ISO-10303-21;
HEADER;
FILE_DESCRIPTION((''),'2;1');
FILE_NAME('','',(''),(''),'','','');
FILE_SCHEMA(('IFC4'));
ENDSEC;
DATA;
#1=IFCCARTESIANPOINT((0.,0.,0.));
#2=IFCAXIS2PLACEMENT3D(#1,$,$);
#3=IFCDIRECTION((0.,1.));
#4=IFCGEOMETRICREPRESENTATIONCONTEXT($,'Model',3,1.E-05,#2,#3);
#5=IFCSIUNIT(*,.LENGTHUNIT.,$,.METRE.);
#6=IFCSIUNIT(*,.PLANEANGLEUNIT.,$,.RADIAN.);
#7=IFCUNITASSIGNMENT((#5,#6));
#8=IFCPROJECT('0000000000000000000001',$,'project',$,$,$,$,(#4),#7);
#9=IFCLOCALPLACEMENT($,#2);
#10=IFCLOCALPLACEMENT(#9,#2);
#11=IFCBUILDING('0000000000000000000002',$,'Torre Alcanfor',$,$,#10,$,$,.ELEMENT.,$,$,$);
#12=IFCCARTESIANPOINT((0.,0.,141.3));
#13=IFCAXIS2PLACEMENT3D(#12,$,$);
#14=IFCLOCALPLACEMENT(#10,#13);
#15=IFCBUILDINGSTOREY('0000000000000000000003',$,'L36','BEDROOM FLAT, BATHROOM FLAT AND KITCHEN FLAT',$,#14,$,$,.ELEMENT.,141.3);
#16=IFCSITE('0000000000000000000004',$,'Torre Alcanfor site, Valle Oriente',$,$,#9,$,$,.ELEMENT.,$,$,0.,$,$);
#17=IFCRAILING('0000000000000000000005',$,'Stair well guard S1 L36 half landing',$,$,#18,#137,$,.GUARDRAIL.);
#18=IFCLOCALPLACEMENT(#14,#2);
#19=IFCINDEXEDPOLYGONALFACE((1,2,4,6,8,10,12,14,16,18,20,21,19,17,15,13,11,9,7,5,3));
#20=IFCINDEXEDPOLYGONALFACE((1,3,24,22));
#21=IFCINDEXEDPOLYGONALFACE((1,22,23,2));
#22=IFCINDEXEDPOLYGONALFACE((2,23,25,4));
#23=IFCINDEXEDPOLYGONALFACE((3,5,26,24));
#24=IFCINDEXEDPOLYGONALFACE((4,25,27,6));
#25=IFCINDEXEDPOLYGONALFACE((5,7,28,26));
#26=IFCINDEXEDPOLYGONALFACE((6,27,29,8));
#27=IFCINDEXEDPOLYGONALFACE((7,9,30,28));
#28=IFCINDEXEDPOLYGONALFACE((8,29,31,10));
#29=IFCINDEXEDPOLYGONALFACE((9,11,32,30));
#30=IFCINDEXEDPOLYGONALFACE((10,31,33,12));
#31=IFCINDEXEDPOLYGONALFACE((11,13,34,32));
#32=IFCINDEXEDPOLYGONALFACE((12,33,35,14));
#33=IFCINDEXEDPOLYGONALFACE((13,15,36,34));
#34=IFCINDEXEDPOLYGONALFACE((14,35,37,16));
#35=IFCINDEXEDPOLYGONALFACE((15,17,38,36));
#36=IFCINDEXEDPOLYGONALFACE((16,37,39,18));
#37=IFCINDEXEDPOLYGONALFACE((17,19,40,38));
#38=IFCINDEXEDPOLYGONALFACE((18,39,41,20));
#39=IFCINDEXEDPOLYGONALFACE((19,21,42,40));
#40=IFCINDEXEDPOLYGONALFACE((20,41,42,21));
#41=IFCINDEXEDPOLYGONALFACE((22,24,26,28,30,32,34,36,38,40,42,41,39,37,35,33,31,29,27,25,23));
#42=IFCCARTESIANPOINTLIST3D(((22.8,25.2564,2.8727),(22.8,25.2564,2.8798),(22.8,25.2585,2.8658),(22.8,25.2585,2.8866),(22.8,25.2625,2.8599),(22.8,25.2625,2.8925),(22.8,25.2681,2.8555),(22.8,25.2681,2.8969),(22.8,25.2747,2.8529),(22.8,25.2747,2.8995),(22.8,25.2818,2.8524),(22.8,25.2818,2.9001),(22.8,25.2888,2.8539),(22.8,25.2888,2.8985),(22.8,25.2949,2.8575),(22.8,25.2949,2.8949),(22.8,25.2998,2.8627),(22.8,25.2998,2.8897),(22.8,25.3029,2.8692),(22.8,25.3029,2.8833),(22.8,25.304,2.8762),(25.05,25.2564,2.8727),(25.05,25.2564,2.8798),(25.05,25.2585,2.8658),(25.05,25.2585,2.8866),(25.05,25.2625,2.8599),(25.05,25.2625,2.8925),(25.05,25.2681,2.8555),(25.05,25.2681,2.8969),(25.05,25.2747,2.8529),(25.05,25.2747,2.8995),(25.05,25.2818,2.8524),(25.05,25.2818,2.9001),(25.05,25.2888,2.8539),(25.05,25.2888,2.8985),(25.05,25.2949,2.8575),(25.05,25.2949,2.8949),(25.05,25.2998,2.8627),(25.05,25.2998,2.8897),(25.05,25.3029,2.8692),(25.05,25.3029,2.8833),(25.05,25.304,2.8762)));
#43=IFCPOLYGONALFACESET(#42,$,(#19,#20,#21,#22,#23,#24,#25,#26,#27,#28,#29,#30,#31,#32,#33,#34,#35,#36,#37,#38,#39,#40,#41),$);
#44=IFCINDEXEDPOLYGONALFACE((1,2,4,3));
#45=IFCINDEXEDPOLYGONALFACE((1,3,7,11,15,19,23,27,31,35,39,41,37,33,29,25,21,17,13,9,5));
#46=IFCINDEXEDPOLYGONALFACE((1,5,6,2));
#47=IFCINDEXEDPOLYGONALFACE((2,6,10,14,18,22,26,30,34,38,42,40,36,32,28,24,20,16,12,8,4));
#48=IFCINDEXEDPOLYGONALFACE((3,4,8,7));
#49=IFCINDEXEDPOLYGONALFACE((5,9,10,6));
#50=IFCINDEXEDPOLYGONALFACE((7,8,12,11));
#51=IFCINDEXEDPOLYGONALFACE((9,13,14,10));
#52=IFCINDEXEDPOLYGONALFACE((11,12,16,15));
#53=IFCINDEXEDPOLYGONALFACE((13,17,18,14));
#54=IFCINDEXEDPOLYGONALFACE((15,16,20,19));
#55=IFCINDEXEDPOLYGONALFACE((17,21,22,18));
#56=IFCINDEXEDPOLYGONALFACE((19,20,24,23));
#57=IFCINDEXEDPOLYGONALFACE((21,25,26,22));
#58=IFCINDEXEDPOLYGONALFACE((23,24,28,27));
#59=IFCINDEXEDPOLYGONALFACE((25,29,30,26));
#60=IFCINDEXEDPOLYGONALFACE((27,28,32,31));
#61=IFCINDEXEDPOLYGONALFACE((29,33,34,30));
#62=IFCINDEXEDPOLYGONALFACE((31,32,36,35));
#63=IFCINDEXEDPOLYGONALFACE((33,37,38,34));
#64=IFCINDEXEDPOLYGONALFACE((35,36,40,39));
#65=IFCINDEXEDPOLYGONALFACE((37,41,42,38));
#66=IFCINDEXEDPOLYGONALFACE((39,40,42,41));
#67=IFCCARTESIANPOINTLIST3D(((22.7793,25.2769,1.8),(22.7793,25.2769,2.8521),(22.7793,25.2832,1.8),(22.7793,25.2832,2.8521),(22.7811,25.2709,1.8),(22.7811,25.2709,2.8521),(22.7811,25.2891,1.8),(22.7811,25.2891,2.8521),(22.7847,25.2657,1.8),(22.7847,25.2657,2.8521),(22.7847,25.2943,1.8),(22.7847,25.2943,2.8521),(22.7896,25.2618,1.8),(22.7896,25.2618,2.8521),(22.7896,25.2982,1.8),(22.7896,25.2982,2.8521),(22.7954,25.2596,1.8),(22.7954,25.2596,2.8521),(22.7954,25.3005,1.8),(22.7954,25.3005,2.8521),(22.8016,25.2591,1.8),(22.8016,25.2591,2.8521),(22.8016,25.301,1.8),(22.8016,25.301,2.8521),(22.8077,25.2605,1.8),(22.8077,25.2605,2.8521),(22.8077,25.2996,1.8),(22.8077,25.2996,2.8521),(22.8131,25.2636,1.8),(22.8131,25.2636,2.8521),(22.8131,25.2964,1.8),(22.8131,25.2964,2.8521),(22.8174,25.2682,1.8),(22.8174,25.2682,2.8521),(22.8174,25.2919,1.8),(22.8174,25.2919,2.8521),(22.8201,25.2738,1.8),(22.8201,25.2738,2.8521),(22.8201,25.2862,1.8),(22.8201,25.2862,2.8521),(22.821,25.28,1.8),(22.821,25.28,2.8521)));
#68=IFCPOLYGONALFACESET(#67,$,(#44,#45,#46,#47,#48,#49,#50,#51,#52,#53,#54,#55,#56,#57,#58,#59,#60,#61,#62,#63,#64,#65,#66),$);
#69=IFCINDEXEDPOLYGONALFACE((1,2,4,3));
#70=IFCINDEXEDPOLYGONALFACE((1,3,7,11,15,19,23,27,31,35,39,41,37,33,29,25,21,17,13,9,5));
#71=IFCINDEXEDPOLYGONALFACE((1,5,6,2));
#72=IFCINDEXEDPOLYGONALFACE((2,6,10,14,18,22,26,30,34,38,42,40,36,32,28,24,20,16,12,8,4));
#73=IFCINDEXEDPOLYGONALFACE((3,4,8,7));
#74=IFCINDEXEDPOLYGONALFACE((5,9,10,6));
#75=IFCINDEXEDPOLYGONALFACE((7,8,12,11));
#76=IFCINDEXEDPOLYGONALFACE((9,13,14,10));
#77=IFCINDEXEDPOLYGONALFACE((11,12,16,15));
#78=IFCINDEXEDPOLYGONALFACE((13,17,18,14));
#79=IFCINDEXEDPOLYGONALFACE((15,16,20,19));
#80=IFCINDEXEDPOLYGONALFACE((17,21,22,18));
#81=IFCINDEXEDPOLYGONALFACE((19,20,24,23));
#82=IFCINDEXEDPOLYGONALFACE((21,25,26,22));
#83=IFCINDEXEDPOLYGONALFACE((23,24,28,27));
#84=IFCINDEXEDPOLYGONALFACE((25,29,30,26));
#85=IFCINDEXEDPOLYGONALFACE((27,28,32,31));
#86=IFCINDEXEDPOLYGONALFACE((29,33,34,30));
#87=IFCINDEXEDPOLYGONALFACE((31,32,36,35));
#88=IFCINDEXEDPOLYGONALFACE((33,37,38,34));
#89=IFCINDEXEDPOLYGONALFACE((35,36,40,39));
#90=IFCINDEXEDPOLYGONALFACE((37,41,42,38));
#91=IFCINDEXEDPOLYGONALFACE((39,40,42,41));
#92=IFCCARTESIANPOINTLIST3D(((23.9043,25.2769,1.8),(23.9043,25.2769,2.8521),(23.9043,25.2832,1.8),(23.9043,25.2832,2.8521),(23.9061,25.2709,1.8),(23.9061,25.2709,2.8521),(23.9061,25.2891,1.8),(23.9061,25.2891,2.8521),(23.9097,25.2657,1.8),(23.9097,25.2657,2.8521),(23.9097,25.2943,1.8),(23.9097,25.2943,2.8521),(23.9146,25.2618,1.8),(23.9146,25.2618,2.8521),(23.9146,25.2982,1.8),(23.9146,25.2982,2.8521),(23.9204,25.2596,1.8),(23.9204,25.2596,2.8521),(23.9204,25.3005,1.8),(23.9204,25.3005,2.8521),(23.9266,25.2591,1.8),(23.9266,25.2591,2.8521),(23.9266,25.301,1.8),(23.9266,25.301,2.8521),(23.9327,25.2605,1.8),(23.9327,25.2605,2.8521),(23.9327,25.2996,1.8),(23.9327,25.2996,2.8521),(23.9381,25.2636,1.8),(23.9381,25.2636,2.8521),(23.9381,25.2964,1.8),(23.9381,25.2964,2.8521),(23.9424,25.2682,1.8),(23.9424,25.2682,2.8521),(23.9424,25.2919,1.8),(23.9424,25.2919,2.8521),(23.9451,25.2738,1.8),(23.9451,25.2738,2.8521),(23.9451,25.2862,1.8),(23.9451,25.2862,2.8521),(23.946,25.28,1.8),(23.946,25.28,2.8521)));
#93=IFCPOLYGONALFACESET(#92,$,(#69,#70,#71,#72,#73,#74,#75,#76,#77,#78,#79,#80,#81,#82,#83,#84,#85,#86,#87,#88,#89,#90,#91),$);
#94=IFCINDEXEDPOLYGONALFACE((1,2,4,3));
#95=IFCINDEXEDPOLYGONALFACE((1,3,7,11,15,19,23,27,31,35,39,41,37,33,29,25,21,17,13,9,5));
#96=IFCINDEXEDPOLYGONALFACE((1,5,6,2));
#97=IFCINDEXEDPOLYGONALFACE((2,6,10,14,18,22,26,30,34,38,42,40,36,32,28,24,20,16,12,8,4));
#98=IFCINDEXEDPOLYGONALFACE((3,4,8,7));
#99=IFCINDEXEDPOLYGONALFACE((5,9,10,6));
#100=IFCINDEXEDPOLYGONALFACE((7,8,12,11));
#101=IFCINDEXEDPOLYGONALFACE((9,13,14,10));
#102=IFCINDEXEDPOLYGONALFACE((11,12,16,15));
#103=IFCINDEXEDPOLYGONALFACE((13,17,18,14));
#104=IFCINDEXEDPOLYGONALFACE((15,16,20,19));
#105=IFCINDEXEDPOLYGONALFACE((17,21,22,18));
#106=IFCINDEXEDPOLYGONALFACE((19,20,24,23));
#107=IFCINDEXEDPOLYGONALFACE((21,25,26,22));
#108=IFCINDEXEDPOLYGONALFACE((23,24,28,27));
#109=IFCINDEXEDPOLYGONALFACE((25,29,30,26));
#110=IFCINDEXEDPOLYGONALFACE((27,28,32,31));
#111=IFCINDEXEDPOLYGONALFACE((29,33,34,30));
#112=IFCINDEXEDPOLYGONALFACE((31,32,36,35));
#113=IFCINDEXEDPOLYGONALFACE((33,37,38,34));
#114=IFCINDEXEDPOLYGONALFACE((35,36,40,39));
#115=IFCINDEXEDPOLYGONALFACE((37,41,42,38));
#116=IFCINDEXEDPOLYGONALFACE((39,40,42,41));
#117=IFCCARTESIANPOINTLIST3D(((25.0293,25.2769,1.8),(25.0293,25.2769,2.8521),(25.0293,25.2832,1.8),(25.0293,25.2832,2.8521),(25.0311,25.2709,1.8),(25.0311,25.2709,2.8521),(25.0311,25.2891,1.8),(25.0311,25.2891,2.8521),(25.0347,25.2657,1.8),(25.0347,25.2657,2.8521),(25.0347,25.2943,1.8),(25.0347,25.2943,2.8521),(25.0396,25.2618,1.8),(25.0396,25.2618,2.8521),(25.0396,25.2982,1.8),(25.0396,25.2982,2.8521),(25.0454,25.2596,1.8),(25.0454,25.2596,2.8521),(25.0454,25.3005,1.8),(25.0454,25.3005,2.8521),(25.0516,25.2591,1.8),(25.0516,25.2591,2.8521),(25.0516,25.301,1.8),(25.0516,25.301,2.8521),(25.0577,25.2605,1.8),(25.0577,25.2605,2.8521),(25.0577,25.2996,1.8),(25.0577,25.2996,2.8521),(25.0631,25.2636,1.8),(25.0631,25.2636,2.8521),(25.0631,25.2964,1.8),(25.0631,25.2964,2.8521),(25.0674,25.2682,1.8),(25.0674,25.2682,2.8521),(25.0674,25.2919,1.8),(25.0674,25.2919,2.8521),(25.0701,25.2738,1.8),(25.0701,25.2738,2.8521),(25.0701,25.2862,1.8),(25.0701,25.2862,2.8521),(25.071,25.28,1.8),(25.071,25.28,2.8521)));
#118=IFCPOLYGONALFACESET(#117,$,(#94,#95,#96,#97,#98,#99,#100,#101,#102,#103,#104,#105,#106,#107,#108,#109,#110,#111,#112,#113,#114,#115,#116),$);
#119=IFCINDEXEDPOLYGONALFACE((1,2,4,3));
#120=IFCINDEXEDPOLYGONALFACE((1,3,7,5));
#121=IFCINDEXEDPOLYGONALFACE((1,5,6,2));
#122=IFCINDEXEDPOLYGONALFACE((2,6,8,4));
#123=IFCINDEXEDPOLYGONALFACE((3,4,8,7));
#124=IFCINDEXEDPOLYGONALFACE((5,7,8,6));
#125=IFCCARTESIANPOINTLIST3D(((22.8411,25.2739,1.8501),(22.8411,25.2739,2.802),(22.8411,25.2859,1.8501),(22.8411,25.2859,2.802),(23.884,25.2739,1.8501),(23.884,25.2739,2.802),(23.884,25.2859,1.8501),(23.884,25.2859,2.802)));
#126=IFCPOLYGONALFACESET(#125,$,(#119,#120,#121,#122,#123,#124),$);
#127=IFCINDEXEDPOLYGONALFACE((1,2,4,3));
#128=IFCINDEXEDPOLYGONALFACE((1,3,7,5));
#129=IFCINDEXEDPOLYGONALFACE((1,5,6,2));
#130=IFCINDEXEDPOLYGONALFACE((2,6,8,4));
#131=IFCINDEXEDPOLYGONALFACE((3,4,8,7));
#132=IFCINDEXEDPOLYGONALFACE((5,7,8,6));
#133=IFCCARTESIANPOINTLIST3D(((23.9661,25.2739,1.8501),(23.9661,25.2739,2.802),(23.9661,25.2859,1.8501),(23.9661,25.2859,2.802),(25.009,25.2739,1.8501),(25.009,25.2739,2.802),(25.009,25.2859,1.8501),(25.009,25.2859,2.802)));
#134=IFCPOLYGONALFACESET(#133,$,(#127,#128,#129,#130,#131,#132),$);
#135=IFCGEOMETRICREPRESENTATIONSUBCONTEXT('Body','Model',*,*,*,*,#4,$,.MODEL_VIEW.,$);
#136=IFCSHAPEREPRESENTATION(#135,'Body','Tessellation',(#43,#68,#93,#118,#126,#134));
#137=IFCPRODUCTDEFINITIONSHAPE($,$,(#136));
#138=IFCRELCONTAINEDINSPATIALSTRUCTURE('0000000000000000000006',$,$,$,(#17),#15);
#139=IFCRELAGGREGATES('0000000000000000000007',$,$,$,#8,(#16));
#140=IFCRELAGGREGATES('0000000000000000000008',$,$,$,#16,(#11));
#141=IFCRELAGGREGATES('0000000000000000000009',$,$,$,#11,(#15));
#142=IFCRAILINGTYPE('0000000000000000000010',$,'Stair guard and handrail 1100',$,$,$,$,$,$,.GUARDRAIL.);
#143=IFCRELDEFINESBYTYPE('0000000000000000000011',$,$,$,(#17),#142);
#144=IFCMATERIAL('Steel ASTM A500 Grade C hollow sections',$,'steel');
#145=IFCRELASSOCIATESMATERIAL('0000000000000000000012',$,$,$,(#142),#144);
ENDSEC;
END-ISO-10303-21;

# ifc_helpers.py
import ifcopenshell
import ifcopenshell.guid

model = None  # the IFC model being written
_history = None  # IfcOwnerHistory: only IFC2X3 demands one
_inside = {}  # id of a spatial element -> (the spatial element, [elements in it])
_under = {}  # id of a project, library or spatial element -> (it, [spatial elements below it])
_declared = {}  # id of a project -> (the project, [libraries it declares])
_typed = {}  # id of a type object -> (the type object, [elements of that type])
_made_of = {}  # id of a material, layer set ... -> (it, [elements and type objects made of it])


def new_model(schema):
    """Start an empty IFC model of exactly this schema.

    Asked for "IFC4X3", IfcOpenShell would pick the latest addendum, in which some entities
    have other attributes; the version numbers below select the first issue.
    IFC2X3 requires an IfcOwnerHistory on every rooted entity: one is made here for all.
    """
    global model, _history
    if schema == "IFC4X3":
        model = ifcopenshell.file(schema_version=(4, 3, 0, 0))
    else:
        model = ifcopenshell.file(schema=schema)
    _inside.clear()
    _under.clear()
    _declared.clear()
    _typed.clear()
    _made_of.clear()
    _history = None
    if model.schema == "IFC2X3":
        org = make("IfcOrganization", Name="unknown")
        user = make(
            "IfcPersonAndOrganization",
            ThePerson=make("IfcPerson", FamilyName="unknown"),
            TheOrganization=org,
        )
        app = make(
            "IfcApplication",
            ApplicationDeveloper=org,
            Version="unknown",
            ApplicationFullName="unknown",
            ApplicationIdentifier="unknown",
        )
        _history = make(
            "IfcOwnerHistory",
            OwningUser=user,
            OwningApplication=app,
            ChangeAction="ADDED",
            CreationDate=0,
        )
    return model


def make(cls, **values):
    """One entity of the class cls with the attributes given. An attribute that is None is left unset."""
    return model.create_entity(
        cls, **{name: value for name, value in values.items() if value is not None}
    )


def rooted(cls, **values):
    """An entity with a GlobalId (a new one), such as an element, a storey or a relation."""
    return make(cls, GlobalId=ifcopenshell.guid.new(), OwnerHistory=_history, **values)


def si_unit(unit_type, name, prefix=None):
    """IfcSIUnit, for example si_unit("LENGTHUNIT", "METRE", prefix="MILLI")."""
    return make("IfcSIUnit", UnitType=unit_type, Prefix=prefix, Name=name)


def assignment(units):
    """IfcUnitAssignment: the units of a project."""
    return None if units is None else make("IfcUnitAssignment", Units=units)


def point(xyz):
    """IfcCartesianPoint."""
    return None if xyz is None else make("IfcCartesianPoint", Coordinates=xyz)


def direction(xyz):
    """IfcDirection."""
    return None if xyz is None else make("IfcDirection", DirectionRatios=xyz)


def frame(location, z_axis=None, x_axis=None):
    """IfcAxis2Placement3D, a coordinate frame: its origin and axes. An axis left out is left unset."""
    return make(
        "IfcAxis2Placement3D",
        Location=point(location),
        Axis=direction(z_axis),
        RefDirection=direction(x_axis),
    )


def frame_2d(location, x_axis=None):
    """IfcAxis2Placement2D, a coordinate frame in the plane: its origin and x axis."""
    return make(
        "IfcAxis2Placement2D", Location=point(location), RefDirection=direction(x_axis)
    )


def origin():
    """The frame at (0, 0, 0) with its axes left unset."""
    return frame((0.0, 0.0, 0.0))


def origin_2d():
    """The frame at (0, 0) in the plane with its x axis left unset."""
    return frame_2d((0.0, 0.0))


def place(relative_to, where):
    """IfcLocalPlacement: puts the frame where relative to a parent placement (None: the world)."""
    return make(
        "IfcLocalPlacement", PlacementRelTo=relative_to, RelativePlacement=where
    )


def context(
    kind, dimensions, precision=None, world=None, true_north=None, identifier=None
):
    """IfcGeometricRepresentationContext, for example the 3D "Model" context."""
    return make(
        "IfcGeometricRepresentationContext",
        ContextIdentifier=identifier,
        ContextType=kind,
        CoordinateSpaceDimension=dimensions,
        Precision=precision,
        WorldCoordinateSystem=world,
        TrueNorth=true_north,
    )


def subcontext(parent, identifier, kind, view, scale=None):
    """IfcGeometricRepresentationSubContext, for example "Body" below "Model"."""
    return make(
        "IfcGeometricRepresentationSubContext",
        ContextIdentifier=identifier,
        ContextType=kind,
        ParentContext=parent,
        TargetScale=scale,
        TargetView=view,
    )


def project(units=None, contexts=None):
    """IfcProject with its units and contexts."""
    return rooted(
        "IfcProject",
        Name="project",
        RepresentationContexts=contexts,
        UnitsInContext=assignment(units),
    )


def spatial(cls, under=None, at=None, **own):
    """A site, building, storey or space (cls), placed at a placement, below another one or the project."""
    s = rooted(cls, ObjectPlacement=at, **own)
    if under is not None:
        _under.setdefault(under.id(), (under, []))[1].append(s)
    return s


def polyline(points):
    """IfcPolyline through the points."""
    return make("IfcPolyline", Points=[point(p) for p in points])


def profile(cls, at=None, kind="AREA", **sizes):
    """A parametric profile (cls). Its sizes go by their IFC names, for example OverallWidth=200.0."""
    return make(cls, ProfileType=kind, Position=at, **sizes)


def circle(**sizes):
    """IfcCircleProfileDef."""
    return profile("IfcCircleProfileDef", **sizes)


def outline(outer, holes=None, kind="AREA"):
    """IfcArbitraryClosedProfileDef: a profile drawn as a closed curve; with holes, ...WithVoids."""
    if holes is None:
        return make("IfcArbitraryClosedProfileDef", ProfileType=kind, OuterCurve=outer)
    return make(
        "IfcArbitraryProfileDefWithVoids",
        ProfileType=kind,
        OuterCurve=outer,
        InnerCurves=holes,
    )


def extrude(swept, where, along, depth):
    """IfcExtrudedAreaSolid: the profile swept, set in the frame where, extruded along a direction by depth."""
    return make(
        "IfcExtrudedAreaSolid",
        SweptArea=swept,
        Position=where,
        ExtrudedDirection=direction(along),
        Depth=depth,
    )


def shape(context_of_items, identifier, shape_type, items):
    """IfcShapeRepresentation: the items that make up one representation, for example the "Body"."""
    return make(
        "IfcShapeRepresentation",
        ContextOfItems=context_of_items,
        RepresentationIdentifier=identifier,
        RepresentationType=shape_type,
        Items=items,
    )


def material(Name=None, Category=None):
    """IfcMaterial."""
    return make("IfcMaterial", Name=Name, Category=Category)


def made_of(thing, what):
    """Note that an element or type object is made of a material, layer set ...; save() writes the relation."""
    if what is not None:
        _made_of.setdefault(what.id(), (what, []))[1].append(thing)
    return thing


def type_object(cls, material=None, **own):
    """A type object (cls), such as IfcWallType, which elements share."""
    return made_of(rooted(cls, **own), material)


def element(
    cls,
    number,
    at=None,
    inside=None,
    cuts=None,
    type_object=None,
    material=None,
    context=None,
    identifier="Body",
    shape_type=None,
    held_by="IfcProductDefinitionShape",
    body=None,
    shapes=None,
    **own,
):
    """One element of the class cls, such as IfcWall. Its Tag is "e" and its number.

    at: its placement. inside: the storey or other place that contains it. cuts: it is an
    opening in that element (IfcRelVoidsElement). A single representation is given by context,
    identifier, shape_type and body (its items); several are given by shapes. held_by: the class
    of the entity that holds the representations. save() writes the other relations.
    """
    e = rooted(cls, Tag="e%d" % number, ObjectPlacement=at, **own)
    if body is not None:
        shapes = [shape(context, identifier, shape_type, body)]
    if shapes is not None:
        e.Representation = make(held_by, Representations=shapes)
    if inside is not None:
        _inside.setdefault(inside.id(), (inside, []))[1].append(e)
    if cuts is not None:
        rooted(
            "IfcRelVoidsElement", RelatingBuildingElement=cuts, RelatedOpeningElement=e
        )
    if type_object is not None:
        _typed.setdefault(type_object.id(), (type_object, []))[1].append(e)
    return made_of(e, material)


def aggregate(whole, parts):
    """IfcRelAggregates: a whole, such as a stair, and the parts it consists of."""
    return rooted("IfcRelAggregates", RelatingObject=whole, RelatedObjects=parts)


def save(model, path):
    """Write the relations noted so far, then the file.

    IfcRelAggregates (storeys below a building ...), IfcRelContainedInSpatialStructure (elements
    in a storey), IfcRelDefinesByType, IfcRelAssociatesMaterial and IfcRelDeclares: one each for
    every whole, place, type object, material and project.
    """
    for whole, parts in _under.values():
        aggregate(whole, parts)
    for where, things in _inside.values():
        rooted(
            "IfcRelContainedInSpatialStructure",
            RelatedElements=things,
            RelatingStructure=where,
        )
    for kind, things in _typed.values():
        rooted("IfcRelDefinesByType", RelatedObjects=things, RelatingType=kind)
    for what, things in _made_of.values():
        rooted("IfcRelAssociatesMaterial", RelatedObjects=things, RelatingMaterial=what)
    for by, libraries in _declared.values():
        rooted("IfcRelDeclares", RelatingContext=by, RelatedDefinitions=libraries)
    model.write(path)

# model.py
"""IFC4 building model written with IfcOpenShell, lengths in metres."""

from ifc_helpers import new_model, si_unit, direction, frame, origin, origin_2d, place, context, subcontext, project, spatial, polyline, circle, outline, extrude, material, type_object, element, save


model = new_model("IFC4")

# Units and contexts
model_context = context("Model", 3, precision=1e-05, world=origin(), true_north=direction((0.0, 1.0)))
body_context = subcontext(model_context, "Body", "Model", "MODEL_VIEW")
ifc_project = project(units=[si_unit("LENGTHUNIT", "METRE"), si_unit("PLANEANGLEUNIT", "RADIAN")], contexts=[model_context])

# Site, building, storey
site_placement = place(None, origin())
site = spatial("IfcSite", under=ifc_project, at=site_placement, Name="Torre Alcanfor site, Valle Oriente", CompositionType="ELEMENT", RefElevation=0.0)
building_placement = place(site_placement, origin())
building = spatial("IfcBuilding", under=site, at=building_placement, Name="Torre Alcanfor", CompositionType="ELEMENT")
storey_placement = place(building_placement, frame((0.0, 0.0, 141.3)))
storey = spatial("IfcBuildingStorey", under=building, at=storey_placement, Name="L36", Description="BEDROOM FLAT, BATHROOM FLAT AND KITCHEN FLAT", CompositionType="ELEMENT", Elevation=141.3)

# Railing
ifc_material_1 = material(Name="Steel ASTM A500 Grade C hollow sections", Category="steel")
railing_type_1 = type_object("IfcRailingType", Name="Stair guard and handrail 1100", PredefinedType="GUARDRAIL", material=ifc_material_1)
railing_1_placement = place(storey_placement, frame((22.8, 25.28, 1.8)))
element("IfcRailing", 1, at=railing_1_placement, inside=storey, type_object=railing_type_1, Name="Stair well guard S1 L36 half landing", PredefinedType="GUARDRAIL", context=body_context, shape_type="SweptSolid", body=[
    extrude(circle(Radius=0.0239, at=origin_2d()), frame((0.0, 0.0, 1.0762), z_axis=(1.0, 0.0, 0.0), x_axis=(0.0, 1.0, 0.0)), (0.0, 0.0, 1.0), 2.25),
    extrude(circle(Radius=0.021, at=origin_2d()), origin(), (0.0, 0.0, 1.0), 1.052),
    extrude(circle(Radius=0.021, at=origin_2d()), frame((1.125, 0.0, 0.0)), (0.0, 0.0, 1.0), 1.052),
    extrude(circle(Radius=0.021, at=origin_2d()), frame((2.25, 0.0, 0.0)), (0.0, 0.0, 1.0), 1.052),
    extrude(outline(polyline([(0.041, 0.05), (1.084, 0.05), (1.084, 1.002), (0.041, 1.002), (0.041, 0.05)])), frame((0.0, 0.0059, 0.0), z_axis=(0.0, -1.0, 0.0), x_axis=(1.0, 0.0, 0.0)), (0.0, 0.0, 1.0), 0.012),
    extrude(outline(polyline([(1.166, 0.05), (2.209, 0.05), (2.209, 1.002), (1.166, 1.002), (1.166, 0.05)])), frame((0.0, 0.0059, 0.0), z_axis=(0.0, -1.0, 0.0), x_axis=(1.0, 0.0, 0.0)), (0.0, 0.0, 1.0), 0.012),
])

save(model, "model.ifc")
